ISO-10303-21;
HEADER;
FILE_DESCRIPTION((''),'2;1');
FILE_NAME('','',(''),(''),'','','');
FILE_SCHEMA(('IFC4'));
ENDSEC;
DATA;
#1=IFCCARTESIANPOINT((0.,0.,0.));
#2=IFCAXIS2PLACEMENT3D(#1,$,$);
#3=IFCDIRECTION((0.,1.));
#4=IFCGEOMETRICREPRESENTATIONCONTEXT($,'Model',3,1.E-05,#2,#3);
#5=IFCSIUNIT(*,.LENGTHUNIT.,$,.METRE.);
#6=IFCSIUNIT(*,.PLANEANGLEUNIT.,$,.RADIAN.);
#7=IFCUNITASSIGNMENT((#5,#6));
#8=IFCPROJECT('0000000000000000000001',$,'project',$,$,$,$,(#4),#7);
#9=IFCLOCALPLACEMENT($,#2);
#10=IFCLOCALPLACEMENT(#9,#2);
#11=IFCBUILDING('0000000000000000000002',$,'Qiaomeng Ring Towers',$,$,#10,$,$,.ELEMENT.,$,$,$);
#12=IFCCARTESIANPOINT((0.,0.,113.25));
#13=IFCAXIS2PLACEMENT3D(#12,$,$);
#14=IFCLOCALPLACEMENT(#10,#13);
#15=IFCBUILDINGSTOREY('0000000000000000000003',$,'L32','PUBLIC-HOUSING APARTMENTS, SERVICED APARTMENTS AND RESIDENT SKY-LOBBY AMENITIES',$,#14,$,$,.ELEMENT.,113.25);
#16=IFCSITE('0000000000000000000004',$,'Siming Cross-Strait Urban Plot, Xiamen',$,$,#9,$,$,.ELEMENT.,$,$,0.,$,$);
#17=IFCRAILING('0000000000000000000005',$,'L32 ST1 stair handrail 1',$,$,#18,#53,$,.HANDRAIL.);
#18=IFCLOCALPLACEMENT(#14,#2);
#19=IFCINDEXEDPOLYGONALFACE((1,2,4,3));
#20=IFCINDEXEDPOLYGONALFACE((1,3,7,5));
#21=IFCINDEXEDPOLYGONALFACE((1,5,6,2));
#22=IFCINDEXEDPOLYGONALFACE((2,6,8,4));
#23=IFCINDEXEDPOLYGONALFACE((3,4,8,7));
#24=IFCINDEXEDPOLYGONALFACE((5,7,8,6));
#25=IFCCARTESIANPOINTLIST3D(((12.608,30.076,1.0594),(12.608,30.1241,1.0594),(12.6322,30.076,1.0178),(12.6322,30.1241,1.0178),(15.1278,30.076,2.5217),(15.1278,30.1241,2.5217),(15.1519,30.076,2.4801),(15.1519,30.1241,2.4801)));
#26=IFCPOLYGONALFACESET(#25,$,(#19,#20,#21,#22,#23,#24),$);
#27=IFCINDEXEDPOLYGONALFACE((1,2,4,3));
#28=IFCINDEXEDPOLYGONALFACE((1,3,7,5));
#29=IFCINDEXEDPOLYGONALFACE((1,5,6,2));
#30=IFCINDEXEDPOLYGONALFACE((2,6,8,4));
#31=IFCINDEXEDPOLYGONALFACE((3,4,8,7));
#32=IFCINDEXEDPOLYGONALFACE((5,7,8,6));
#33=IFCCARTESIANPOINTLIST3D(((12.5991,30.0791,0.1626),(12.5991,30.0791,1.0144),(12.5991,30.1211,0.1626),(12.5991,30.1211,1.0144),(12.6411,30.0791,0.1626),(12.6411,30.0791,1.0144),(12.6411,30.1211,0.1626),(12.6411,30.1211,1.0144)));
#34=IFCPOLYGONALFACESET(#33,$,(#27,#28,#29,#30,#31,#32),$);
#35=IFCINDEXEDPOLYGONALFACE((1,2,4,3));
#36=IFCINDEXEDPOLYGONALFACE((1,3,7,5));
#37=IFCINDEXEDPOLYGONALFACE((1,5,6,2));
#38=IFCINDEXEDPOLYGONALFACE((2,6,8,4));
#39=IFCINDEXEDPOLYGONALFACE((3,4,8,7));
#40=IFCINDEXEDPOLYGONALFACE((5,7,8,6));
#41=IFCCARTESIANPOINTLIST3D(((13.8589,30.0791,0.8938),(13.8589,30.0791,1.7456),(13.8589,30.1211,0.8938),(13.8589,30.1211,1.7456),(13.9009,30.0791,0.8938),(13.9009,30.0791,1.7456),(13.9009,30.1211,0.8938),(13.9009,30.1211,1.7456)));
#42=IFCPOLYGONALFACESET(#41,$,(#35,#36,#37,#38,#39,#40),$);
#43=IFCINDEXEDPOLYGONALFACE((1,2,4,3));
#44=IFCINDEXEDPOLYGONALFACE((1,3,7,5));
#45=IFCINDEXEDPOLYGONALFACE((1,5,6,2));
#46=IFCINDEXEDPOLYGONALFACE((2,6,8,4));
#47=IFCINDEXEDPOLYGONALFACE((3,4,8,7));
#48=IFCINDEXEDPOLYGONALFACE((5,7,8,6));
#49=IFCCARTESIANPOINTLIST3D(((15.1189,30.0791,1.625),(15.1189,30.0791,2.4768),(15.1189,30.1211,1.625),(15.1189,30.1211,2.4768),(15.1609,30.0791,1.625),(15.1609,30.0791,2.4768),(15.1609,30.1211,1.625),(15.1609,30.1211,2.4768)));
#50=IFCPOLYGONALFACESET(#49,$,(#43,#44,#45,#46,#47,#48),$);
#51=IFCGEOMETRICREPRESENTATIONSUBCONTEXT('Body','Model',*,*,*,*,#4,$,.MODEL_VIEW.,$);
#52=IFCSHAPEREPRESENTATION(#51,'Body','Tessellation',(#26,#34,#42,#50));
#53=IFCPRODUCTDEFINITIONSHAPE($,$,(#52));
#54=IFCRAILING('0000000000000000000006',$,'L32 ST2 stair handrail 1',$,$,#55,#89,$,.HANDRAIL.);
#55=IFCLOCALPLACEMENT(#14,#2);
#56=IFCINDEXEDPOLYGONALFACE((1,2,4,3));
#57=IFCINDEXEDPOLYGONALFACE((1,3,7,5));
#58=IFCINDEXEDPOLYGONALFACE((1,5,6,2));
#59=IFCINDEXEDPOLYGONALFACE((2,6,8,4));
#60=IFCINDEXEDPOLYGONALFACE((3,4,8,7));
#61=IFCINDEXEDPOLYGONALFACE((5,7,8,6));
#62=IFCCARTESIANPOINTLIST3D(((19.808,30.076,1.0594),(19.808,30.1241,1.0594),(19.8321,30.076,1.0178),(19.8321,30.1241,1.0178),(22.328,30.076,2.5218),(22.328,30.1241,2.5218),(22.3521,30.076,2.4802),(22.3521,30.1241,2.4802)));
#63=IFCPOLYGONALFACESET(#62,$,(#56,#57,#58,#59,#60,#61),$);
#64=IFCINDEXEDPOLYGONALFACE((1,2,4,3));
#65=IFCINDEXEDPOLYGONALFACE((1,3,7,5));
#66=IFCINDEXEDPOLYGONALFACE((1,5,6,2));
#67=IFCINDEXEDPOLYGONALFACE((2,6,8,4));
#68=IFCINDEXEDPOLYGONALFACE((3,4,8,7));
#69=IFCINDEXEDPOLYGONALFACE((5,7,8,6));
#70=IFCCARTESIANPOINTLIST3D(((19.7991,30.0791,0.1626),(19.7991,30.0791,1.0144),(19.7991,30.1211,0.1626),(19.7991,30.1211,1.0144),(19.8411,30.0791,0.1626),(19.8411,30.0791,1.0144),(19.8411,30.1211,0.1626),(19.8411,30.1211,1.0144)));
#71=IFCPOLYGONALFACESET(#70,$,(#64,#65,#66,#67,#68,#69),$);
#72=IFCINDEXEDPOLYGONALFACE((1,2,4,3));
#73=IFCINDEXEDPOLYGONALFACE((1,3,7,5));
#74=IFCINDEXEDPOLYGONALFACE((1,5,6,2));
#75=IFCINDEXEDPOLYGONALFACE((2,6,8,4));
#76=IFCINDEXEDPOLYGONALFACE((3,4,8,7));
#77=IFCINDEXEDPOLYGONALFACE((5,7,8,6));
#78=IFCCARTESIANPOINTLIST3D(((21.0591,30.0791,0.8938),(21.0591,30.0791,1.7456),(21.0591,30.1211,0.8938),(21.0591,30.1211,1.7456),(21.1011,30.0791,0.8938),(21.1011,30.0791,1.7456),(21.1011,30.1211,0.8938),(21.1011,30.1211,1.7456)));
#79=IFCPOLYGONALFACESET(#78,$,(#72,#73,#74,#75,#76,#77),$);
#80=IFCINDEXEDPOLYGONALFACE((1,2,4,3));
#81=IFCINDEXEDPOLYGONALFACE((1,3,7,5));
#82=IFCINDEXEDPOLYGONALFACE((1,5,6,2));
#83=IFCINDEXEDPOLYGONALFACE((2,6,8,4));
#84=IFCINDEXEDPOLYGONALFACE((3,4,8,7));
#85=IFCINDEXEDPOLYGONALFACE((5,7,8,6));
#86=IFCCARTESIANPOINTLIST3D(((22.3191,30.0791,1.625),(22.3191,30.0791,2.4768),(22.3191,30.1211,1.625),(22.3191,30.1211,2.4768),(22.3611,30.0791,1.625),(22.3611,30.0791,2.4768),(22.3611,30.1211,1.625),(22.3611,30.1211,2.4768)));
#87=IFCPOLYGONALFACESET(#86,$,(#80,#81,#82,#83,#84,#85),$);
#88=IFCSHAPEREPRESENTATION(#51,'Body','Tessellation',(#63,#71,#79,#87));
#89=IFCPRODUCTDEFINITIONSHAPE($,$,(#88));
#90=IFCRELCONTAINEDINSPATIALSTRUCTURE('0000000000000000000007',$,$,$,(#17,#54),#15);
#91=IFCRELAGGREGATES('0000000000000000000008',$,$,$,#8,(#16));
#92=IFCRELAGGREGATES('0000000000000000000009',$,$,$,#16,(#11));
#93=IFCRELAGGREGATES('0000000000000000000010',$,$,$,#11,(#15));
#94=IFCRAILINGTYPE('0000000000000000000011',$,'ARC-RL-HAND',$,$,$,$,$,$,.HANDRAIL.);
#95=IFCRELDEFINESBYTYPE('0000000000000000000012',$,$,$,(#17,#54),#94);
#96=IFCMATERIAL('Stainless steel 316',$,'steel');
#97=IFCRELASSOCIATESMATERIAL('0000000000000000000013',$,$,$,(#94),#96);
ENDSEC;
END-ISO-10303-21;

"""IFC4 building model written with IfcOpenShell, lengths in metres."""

from ifc_helpers import new_model, si_unit, direction, frame, origin, origin_2d, place, context, subcontext, project, spatial, rectangle, extrude, material, type_object, element, save


model = new_model("IFC4")

# Units and contexts
model_context = context("Model", 3, precision=1e-05, world=origin(), true_north=direction((0.0, 1.0)))
body_context = subcontext(model_context, "Body", "Model", "MODEL_VIEW")
ifc_project = project(units=[si_unit("LENGTHUNIT", "METRE"), si_unit("PLANEANGLEUNIT", "RADIAN")], contexts=[model_context])

# Site, building, storey
site_placement = place(None, origin())
site = spatial("IfcSite", under=ifc_project, at=site_placement, Name="Siming Cross-Strait Urban Plot, Xiamen", CompositionType="ELEMENT", RefElevation=0.0)
building_placement = place(site_placement, origin())
building = spatial("IfcBuilding", under=site, at=building_placement, Name="Qiaomeng Ring Towers", CompositionType="ELEMENT")
storey_placement = place(building_placement, frame((0.0, 0.0, 113.25)))
storey = spatial("IfcBuildingStorey", under=building, at=storey_placement, Name="L32", Description="PUBLIC-HOUSING APARTMENTS, SERVICED APARTMENTS AND RESIDENT SKY-LOBBY AMENITIES", CompositionType="ELEMENT", Elevation=113.25)

# Railings
ifc_material_1 = material(Name="Stainless steel 316", Category="steel")
railing_type_1 = type_object("IfcRailingType", Name="ARC-RL-HAND", PredefinedType="HANDRAIL", material=ifc_material_1)
railing_1_placement = place(storey_placement, frame((12.6201, 30.1001, 0.1626)))
element("IfcRailing", 1, at=railing_1_placement, inside=storey, type_object=railing_type_1, Name="L32 ST1 stair handrail 1", PredefinedType="HANDRAIL", context=body_context, shape_type="SweptSolid", body=[
    extrude(rectangle(XDim=0.0481, YDim=0.0481, at=origin_2d()), frame((0.0, 0.0, 0.876), z_axis=(0.864892, 0.0, 0.501958), x_axis=(0.0, 1.0, 0.0)), (0.0, 0.0, 1.0), 2.9133),
    extrude(rectangle(XDim=0.042, YDim=0.042, at=origin_2d()), origin(), (0.0, 0.0, 1.0), 0.8518),
    extrude(rectangle(XDim=0.042, YDim=0.042, at=origin_2d()), frame((1.2598, 0.0, 0.7312)), (0.0, 0.0, 1.0), 0.8518),
    extrude(rectangle(XDim=0.042, YDim=0.042, at=origin_2d()), frame((2.5198, 0.0, 1.4624)), (0.0, 0.0, 1.0), 0.8518),
])
railing_2_placement = place(storey_placement, frame((19.8201, 30.1001, 0.1626)))
element("IfcRailing", 2, at=railing_2_placement, inside=storey, type_object=railing_type_1, Name="L32 ST2 stair handrail 1", PredefinedType="HANDRAIL", context=body_context, shape_type="SweptSolid", body=[
    extrude(rectangle(XDim=0.0481, YDim=0.0481, at=origin_2d()), frame((0.0, 0.0, 0.876), z_axis=(0.864913, 0.0, 0.501921), x_axis=(0.0, 1.0, 0.0)), (0.0, 0.0, 1.0), 2.9136),
    extrude(rectangle(XDim=0.042, YDim=0.042, at=origin_2d()), origin(), (0.0, 0.0, 1.0), 0.8518),
    extrude(rectangle(XDim=0.042, YDim=0.042, at=origin_2d()), frame((1.26, 0.0, 0.7312)), (0.0, 0.0, 1.0), 0.8518),
    extrude(rectangle(XDim=0.042, YDim=0.042, at=origin_2d()), frame((2.52, 0.0, 1.4624)), (0.0, 0.0, 1.0), 0.8518),
])

save(model, "model.ifc")
